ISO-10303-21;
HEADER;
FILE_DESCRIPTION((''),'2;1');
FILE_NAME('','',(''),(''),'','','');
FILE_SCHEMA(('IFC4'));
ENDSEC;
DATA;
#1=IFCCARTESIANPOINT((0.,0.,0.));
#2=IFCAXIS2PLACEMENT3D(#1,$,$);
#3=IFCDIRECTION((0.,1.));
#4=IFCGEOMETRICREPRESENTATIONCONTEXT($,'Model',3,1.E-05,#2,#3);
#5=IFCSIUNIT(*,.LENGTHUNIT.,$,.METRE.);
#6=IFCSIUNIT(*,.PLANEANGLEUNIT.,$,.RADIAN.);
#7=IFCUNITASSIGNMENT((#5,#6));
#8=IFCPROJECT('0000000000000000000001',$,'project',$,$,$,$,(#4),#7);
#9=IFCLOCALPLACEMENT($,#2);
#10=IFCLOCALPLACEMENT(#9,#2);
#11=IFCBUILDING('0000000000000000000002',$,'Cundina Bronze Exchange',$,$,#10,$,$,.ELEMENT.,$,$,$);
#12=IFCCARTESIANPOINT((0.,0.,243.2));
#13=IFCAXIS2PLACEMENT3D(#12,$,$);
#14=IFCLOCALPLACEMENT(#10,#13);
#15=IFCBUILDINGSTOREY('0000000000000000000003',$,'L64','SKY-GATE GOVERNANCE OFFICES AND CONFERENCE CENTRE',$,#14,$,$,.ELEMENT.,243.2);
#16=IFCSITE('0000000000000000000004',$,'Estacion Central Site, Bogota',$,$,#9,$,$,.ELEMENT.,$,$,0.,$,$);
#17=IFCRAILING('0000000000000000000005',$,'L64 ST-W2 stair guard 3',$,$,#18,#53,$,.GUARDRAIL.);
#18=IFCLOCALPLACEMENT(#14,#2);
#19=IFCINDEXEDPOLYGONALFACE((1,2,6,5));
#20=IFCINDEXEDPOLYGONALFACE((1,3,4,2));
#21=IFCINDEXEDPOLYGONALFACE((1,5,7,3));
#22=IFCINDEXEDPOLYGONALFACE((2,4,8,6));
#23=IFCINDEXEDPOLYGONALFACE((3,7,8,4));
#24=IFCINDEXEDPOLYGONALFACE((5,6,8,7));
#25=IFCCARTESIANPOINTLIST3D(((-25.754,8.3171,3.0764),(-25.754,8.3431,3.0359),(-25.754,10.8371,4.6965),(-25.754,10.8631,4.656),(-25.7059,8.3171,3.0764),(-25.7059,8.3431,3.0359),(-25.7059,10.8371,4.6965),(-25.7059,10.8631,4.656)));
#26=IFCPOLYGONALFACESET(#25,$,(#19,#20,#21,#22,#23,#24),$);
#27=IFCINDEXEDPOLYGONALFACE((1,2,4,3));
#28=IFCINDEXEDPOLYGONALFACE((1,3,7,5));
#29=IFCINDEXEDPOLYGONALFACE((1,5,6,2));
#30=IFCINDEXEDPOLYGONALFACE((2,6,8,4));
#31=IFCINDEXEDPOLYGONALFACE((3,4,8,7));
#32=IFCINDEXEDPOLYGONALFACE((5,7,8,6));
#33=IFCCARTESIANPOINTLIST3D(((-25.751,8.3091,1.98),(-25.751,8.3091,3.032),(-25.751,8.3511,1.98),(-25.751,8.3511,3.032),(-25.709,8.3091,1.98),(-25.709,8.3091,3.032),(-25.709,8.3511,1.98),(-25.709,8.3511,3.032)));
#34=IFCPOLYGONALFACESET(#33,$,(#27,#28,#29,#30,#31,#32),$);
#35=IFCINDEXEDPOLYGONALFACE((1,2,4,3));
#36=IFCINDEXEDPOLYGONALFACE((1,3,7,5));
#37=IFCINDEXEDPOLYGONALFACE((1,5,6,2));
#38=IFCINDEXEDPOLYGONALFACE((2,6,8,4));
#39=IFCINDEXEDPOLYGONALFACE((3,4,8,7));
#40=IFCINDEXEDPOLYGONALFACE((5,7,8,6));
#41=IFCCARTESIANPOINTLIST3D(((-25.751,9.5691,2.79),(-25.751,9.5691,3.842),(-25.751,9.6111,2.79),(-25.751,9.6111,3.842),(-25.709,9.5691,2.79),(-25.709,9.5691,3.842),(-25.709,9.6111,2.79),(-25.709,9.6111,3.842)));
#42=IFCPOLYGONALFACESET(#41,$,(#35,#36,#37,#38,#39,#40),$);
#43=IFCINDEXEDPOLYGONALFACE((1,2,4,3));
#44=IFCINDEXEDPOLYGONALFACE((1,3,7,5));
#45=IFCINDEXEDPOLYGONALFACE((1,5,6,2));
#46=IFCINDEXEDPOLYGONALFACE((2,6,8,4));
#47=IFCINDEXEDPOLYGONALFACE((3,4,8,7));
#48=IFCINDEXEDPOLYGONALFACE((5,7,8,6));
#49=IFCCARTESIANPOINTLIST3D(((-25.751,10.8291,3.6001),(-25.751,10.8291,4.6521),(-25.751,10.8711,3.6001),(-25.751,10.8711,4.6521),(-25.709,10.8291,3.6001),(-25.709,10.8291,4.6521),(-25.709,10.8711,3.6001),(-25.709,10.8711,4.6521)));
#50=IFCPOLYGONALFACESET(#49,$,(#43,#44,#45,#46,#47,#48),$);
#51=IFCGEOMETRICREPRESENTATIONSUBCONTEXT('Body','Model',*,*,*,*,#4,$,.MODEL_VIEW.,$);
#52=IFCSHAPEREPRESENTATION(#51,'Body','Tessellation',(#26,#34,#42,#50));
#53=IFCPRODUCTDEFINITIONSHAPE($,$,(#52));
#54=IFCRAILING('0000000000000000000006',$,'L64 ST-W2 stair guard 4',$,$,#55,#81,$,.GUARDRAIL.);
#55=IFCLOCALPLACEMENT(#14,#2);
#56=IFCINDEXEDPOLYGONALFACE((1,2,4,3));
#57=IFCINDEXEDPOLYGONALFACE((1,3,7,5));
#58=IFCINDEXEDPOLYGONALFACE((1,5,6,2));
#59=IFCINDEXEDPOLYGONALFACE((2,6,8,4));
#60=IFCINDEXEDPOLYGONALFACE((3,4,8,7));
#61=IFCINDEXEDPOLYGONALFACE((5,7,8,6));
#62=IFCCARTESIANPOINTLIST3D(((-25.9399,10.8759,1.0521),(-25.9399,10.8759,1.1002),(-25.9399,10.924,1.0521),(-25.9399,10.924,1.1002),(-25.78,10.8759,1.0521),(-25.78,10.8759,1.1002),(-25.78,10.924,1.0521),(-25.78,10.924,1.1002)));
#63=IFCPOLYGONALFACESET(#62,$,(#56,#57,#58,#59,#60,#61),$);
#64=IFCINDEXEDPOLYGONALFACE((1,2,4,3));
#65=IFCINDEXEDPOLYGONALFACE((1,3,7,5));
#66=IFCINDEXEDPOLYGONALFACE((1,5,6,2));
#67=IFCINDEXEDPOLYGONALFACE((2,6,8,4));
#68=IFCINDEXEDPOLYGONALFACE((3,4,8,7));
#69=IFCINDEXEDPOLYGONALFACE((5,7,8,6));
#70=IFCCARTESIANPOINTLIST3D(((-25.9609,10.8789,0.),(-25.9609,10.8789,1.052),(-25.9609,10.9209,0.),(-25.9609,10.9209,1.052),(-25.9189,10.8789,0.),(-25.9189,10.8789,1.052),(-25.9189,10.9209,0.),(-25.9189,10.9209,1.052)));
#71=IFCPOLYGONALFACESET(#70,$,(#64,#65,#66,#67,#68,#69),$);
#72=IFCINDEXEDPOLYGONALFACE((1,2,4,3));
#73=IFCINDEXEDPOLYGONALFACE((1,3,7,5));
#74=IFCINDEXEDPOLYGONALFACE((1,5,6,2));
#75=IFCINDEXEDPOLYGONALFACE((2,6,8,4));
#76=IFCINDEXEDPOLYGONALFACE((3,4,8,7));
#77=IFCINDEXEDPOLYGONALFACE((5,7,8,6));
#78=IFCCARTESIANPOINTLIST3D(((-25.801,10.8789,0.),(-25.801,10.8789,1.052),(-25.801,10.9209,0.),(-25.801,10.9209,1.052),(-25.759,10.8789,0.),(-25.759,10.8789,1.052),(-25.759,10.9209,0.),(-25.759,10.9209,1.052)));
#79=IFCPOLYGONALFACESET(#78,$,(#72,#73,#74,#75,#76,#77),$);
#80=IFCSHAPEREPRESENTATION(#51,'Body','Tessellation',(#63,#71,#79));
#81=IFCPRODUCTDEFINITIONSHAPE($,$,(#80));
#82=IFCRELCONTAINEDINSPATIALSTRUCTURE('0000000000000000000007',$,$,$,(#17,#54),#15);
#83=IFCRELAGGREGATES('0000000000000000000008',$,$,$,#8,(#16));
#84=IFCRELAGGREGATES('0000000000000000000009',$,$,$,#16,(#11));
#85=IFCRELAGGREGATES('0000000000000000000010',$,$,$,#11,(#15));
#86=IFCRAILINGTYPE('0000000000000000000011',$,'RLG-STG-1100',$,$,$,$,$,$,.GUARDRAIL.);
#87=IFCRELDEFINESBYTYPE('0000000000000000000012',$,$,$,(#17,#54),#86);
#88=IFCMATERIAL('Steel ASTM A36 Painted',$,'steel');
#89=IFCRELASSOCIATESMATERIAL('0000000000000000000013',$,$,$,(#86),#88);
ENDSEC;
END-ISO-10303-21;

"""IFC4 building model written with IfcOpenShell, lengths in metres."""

from ifc_helpers import new_model, si_unit, direction, frame, origin, origin_2d, place, context, subcontext, project, spatial, rectangle, extrude, material, type_object, element, save


model = new_model("IFC4")

# Units and contexts
model_context = context("Model", 3, precision=1e-05, world=origin(), true_north=direction((0.0, 1.0)))
body_context = subcontext(model_context, "Body", "Model", "MODEL_VIEW")
ifc_project = project(units=[si_unit("LENGTHUNIT", "METRE"), si_unit("PLANEANGLEUNIT", "RADIAN")], contexts=[model_context])

# Site, building, storey
site_placement = place(None, origin())
site = spatial("IfcSite", under=ifc_project, at=site_placement, Name="Estacion Central Site, Bogota", CompositionType="ELEMENT", RefElevation=0.0)
building_placement = place(site_placement, origin())
building = spatial("IfcBuilding", under=site, at=building_placement, Name="Cundina Bronze Exchange", CompositionType="ELEMENT")
storey_placement = place(building_placement, frame((0.0, 0.0, 243.2)))
storey = spatial("IfcBuildingStorey", under=building, at=storey_placement, Name="L64", Description="SKY-GATE GOVERNANCE OFFICES AND CONFERENCE CENTRE", CompositionType="ELEMENT", Elevation=243.2)

# Shared definitions
ifc_material_1 = material(Name="Steel ASTM A36 Painted", Category="steel")

# Railings
railing_type_1 = type_object("IfcRailingType", Name="RLG-STG-1100", PredefinedType="GUARDRAIL", material=ifc_material_1)
railing_1_placement = place(storey_placement, frame((-25.73, 8.3301, 1.98)))
element("IfcRailing", 1, at=railing_1_placement, inside=storey, type_object=railing_type_1, Name="L64 ST-W2 stair guard 3", PredefinedType="GUARDRAIL", context=body_context, shape_type="SweptSolid", body=[
    extrude(rectangle(XDim=0.0481, YDim=0.0481, at=origin_2d()), frame((0.0, 0.0, 1.0762), z_axis=(0.0, 0.841163, 0.540782), x_axis=(-1.0, 0.0, 0.0)), (0.0, 0.0, 1.0), 2.9958),
    extrude(rectangle(XDim=0.042, YDim=0.042, at=origin_2d()), origin(), (0.0, 0.0, 1.0), 1.052),
    extrude(rectangle(XDim=0.042, YDim=0.042, at=origin_2d()), frame((0.0, 1.26, 0.8101)), (0.0, 0.0, 1.0), 1.052),
    extrude(rectangle(XDim=0.042, YDim=0.042, at=origin_2d()), frame((0.0, 2.52, 1.6201)), (0.0, 0.0, 1.0), 1.052),
])
railing_2_placement = place(storey_placement, frame((-25.9399, 10.8999, 0.0)))
element("IfcRailing", 2, at=railing_2_placement, inside=storey, type_object=railing_type_1, Name="L64 ST-W2 stair guard 4", PredefinedType="GUARDRAIL", context=body_context, shape_type="SweptSolid", body=[
    extrude(rectangle(XDim=0.0481, YDim=0.0481, at=origin_2d()), frame((0.0, 0.0, 1.0762), z_axis=(1.0, 0.0, 0.0), x_axis=(0.0, 1.0, 0.0)), (0.0, 0.0, 1.0), 0.1599),
    extrude(rectangle(XDim=0.042, YDim=0.042, at=origin_2d()), origin(), (0.0, 0.0, 1.0), 1.052),
    extrude(rectangle(XDim=0.042, YDim=0.042, at=origin_2d()), frame((0.1599, 0.0, 0.0)), (0.0, 0.0, 1.0), 1.052),
])

save(model, "model.ifc")
